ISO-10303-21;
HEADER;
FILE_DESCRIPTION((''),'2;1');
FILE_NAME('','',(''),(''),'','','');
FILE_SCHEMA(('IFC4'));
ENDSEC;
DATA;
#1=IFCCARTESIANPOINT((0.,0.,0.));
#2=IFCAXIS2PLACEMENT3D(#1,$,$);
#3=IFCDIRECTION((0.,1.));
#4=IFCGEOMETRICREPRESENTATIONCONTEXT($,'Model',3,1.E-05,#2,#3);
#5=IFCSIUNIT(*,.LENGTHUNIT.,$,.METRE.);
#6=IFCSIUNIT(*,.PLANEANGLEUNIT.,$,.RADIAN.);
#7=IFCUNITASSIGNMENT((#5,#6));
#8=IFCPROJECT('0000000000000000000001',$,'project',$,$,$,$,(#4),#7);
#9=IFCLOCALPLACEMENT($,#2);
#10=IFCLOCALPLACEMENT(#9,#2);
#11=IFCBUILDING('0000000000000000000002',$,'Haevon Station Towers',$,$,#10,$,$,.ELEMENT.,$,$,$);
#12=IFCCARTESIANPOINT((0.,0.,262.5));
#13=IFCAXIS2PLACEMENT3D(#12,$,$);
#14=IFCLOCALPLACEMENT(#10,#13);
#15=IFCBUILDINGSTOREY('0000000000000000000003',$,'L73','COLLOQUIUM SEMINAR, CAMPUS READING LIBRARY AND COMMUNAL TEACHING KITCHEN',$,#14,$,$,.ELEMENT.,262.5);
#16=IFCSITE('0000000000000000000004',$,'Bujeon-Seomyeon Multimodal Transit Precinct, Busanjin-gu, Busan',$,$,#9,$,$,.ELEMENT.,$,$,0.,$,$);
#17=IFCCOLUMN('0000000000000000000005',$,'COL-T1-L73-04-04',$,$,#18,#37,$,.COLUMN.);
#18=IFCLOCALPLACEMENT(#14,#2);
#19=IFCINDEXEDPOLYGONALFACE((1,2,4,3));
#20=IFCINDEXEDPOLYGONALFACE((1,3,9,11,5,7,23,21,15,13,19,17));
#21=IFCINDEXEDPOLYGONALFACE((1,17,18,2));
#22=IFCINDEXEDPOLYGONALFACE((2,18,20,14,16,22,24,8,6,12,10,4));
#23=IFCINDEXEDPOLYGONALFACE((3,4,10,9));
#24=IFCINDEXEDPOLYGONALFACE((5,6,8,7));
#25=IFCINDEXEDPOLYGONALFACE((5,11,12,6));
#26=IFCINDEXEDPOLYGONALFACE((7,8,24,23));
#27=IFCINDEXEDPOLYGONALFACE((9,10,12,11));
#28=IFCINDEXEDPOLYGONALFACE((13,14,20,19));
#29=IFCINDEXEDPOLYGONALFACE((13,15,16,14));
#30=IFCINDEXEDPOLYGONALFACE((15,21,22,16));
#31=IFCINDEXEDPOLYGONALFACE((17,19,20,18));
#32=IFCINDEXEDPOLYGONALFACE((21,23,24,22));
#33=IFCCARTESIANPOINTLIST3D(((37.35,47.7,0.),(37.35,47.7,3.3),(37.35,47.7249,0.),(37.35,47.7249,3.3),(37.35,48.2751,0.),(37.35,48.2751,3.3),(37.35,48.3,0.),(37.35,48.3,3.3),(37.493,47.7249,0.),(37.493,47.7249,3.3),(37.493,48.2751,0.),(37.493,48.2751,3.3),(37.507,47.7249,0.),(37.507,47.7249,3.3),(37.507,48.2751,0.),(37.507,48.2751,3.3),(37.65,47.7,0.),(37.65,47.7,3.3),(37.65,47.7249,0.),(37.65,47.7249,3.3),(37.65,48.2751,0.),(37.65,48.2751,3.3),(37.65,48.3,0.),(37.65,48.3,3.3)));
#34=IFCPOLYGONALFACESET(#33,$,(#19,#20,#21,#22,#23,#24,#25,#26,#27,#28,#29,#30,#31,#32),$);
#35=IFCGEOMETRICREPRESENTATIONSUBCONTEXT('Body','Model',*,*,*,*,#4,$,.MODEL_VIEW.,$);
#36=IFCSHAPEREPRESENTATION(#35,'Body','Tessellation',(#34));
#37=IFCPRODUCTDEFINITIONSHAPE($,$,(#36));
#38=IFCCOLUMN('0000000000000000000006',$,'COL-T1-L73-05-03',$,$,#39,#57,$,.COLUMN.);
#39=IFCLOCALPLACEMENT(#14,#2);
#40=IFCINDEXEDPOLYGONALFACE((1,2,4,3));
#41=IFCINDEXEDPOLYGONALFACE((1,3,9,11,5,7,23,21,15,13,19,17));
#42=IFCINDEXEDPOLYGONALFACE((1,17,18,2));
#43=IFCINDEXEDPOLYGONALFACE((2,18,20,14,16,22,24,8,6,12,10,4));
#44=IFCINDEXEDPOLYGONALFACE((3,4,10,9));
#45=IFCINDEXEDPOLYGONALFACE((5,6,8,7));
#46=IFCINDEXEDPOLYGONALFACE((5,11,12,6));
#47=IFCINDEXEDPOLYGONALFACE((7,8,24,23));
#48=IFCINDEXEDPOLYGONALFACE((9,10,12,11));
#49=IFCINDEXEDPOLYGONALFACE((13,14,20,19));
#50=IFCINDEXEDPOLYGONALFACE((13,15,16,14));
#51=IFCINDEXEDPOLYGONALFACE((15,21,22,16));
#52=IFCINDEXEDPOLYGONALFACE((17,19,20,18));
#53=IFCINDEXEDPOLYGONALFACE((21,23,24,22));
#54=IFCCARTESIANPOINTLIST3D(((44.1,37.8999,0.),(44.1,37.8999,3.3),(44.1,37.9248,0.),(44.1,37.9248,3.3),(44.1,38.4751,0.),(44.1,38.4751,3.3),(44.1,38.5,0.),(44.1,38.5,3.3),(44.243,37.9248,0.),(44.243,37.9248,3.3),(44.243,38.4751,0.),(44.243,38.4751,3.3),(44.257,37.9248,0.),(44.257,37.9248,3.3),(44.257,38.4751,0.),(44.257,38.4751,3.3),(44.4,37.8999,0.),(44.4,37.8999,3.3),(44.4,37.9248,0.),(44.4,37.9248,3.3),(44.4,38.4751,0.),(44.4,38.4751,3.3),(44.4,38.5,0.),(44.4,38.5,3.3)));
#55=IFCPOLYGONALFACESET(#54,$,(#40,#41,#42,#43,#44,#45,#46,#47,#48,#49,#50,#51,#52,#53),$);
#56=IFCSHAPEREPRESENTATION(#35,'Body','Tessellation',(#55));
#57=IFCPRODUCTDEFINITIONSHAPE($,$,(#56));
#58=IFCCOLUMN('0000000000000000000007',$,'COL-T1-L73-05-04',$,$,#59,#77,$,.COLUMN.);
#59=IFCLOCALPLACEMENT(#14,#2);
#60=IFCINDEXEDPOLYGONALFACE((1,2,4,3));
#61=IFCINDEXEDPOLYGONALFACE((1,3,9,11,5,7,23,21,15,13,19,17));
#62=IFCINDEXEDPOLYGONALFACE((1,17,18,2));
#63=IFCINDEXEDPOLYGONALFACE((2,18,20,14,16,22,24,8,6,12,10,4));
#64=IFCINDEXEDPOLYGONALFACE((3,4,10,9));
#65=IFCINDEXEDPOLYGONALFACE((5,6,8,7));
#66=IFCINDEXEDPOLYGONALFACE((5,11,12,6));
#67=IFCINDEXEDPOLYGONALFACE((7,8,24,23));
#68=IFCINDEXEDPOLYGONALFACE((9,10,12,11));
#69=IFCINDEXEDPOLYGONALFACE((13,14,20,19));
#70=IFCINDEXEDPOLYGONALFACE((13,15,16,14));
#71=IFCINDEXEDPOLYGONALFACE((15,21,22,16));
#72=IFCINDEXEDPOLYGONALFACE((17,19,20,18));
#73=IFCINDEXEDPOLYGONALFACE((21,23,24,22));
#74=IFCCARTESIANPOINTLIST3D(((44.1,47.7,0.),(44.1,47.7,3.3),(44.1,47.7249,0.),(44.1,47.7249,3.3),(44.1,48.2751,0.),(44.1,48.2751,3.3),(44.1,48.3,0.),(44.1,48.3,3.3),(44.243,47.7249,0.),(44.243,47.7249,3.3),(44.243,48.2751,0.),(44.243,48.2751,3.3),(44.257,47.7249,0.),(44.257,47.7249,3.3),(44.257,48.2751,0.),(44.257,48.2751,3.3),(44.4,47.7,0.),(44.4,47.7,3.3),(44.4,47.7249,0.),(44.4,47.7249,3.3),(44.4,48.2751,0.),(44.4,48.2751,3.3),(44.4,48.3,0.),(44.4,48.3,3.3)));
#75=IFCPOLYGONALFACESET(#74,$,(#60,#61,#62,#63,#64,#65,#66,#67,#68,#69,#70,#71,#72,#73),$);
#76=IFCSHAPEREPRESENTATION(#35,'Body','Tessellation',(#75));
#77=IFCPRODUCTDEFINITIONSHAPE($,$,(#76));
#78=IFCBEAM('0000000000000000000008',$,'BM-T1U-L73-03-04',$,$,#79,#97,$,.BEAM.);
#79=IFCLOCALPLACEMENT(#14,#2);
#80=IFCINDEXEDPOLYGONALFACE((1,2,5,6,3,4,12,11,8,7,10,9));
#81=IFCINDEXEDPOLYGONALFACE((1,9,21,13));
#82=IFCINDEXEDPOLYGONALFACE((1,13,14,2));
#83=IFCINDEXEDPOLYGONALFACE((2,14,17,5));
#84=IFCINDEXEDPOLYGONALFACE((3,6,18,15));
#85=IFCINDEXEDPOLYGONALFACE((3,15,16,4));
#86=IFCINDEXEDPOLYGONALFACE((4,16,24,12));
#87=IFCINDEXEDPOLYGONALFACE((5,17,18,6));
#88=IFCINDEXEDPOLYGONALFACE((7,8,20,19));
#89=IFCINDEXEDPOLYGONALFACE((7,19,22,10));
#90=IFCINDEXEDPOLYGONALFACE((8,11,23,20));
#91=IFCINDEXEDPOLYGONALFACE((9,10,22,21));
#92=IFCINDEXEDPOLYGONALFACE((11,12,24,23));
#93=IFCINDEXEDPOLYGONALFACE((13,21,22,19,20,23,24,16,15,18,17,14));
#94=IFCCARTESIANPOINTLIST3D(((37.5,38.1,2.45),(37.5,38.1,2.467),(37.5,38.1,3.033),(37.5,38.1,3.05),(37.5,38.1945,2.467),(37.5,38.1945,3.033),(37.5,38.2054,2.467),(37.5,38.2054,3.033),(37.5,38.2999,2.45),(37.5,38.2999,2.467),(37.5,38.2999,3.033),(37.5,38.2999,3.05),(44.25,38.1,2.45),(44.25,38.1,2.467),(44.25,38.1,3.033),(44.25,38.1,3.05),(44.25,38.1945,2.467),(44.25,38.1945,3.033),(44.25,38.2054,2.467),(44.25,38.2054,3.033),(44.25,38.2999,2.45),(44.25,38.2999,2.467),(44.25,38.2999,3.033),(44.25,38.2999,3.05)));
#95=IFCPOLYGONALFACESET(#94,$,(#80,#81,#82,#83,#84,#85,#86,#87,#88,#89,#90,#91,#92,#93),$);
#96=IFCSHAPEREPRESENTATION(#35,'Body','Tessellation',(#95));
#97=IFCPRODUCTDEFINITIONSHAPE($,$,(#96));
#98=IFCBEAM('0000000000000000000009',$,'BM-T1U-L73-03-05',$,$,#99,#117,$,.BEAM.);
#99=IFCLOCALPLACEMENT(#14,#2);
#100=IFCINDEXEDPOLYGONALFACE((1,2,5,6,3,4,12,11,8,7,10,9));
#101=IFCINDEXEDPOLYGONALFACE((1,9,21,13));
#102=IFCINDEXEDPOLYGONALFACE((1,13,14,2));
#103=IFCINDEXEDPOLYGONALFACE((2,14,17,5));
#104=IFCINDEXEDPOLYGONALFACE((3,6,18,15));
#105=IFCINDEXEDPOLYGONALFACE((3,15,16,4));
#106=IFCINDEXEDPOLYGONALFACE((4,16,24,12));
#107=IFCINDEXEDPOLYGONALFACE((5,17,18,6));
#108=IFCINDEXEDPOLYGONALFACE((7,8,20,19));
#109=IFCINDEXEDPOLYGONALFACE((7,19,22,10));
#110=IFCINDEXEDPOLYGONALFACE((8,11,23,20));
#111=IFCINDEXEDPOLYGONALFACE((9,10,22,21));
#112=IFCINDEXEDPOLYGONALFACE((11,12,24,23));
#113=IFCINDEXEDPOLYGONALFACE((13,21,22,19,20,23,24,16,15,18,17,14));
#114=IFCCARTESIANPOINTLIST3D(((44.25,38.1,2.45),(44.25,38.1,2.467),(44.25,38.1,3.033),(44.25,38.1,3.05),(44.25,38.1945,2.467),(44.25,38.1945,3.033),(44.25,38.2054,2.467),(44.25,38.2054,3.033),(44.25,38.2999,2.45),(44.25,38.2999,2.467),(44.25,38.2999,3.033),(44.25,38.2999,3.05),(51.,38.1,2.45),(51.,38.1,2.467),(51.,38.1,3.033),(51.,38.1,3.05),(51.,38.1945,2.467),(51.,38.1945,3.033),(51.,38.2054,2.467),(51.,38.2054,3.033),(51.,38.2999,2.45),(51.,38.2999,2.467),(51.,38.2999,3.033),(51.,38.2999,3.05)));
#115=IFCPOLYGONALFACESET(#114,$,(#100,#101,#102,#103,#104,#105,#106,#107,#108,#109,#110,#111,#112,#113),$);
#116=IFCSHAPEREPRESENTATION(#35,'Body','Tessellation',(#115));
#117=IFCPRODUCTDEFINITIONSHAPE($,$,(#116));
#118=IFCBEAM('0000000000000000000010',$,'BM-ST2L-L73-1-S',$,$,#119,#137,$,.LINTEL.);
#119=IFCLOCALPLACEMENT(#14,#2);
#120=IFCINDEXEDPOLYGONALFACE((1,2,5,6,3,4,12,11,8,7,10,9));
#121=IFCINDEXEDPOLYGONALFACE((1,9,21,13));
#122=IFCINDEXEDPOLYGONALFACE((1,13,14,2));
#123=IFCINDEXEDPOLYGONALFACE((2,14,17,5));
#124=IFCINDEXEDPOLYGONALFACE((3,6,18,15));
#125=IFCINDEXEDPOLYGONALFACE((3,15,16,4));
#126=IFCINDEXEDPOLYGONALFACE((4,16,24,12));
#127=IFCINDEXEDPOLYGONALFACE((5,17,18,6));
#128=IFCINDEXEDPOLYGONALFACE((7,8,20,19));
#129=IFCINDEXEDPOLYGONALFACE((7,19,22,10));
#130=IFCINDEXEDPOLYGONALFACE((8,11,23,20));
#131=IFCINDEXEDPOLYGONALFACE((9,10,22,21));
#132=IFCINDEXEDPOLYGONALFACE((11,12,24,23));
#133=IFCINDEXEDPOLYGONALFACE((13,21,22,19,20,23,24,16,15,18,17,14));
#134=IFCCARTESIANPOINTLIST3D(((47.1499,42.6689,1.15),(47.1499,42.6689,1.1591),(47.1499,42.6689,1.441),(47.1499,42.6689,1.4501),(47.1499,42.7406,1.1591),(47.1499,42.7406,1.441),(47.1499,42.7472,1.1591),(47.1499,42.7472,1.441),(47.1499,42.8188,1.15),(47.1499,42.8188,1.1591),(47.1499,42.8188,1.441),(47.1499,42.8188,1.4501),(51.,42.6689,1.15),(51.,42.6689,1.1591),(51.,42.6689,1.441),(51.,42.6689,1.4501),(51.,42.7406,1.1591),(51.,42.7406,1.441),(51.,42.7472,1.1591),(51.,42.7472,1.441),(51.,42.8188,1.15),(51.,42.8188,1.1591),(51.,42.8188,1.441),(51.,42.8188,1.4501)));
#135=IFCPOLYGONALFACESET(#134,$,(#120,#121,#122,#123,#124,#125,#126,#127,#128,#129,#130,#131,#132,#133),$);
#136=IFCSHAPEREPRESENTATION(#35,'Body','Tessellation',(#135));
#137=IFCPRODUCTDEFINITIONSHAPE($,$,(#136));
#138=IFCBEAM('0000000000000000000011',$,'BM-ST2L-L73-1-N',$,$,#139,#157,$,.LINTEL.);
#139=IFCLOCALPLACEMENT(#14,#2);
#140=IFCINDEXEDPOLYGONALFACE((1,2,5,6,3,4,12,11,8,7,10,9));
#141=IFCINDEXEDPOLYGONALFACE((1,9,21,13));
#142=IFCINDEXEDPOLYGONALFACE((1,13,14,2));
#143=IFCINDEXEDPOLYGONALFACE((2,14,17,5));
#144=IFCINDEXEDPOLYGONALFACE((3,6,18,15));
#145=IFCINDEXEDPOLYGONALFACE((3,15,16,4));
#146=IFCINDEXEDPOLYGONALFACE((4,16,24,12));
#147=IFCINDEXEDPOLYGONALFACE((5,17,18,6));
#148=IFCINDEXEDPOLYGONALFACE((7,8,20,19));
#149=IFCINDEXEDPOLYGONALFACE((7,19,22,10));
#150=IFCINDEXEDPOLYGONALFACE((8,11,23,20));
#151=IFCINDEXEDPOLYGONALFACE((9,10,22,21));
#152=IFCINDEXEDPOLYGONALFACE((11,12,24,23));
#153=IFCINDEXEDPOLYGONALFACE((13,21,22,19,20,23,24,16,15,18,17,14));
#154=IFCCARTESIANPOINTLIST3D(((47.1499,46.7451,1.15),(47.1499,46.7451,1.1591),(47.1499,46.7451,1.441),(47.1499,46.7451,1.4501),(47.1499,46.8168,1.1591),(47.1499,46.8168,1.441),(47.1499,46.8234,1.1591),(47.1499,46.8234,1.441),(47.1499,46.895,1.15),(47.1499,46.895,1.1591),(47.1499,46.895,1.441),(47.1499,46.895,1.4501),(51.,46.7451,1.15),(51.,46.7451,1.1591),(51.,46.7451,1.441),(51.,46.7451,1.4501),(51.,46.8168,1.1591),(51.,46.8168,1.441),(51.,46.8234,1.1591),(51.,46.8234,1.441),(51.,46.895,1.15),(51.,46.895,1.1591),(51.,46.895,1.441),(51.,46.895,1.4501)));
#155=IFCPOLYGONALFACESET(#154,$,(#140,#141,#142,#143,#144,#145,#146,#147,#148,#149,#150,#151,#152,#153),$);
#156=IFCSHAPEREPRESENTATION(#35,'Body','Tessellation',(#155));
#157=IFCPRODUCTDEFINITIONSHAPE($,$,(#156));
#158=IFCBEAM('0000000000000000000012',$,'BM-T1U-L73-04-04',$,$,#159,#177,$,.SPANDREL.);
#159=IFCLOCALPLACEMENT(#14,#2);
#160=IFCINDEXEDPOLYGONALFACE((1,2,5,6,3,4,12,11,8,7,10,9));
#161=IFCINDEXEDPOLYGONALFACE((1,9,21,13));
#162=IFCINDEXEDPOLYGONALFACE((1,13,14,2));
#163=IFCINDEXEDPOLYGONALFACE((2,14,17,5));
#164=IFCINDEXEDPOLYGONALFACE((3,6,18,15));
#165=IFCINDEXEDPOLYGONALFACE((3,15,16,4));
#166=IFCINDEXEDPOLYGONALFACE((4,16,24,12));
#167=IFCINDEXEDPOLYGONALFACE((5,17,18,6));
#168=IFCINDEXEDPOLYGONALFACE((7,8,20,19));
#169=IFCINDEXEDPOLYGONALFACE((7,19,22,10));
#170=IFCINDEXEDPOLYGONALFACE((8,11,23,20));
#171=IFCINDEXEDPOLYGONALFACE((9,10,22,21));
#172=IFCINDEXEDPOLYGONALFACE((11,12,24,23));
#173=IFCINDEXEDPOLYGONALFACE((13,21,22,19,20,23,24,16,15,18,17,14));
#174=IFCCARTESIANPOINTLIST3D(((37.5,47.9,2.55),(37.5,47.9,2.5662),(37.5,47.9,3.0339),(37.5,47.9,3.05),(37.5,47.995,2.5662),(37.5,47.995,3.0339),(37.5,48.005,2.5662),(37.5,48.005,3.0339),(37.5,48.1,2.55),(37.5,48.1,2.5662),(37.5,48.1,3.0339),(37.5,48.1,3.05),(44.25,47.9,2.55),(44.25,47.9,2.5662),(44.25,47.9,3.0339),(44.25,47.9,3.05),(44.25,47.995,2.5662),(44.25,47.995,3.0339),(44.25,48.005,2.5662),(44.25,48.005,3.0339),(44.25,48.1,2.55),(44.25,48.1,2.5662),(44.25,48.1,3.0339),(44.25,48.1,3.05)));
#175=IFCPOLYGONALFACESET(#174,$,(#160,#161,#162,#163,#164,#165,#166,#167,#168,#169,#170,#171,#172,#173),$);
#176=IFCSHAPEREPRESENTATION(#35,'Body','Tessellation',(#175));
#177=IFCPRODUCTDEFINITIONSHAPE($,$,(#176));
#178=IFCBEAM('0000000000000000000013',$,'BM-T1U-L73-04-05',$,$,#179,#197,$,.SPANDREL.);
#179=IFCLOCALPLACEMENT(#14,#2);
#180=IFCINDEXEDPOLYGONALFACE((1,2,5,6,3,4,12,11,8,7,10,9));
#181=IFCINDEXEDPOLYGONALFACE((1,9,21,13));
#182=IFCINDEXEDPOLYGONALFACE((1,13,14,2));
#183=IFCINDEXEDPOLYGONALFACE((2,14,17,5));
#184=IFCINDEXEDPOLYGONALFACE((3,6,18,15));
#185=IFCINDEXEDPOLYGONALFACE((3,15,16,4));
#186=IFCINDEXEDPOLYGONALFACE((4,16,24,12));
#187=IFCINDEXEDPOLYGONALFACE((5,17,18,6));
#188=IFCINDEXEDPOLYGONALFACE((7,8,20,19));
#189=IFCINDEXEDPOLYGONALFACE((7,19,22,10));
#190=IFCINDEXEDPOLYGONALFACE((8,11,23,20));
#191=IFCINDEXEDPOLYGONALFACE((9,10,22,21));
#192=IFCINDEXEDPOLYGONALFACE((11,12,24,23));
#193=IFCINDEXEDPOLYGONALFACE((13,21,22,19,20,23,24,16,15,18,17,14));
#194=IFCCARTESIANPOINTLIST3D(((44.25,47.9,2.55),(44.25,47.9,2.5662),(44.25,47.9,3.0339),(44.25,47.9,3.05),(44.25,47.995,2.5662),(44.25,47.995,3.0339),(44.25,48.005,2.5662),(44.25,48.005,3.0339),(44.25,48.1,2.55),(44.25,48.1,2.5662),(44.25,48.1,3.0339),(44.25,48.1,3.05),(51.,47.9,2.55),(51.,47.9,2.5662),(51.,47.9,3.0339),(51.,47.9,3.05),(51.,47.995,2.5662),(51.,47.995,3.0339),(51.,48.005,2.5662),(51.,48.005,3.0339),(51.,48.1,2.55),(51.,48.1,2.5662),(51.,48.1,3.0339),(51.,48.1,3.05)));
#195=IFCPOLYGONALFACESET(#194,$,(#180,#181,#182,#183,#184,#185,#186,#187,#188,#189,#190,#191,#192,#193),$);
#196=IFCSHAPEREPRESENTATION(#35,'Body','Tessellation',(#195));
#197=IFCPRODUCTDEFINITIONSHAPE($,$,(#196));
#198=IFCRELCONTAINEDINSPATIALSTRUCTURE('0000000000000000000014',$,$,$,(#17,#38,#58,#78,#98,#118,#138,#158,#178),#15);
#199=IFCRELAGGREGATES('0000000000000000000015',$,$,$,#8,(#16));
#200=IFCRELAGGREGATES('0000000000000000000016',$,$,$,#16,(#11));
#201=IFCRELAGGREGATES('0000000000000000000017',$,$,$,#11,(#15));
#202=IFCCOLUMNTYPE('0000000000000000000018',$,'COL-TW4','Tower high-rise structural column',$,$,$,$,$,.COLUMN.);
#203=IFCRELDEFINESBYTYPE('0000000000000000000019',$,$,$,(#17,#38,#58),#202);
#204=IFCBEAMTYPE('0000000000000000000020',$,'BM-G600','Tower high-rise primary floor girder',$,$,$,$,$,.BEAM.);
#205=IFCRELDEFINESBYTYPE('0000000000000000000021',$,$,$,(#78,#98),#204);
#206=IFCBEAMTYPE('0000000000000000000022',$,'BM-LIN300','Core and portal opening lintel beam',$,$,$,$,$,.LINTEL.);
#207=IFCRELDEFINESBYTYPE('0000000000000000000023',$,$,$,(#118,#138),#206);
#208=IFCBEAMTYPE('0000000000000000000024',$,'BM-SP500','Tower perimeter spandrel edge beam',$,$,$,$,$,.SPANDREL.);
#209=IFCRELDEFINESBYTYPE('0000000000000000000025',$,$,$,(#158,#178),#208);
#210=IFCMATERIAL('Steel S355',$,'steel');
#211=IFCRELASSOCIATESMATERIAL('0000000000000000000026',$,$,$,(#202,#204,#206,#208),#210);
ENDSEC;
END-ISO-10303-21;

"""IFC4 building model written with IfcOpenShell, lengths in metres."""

from ifc_helpers import new_model, si_unit, direction, frame, origin, origin_2d, place, context, subcontext, project, spatial, i_section, extrude, material, material_profile, profile_set, type_object, element, save


model = new_model("IFC4")

# Units and contexts
model_context = context("Model", 3, precision=1e-05, world=origin(), true_north=direction((0.0, 1.0)))
body_context = subcontext(model_context, "Body", "Model", "MODEL_VIEW")
ifc_project = project(units=[si_unit("LENGTHUNIT", "METRE"), si_unit("PLANEANGLEUNIT", "RADIAN")], contexts=[model_context])

# Site, building, storey
site_placement = place(None, origin())
site = spatial("IfcSite", under=ifc_project, at=site_placement, Name="Bujeon-Seomyeon Multimodal Transit Precinct, Busanjin-gu, Busan", CompositionType="ELEMENT", RefElevation=0.0)
building_placement = place(site_placement, origin())
building = spatial("IfcBuilding", under=site, at=building_placement, Name="Haevon Station Towers", CompositionType="ELEMENT")
storey_placement = place(building_placement, frame((0.0, 0.0, 262.5)))
storey = spatial("IfcBuildingStorey", under=building, at=storey_placement, Name="L73", Description="COLLOQUIUM SEMINAR, CAMPUS READING LIBRARY AND COMMUNAL TEACHING KITCHEN", CompositionType="ELEMENT", Elevation=262.5)

# Columns
ifc_material_1 = material(Name="Steel S355", Category="steel")
ifc_material_profile_1 = material_profile(ifc_material_1, i_section(OverallWidth=0.3, OverallDepth=0.6001, WebThickness=0.0139, FlangeThickness=0.0249, at=origin_2d()), Name="H-600x300x14x25")
ifc_profile_set_1 = profile_set([ifc_material_profile_1], Name="Steel S355")
column_type = type_object("IfcColumnType", Name="COL-TW4", Description="Tower high-rise structural column", PredefinedType="COLUMN", material=ifc_profile_set_1)
for number, where, z_axis, x_axis, name in (
    (1, (37.5, 48.0, 0.0), (0.0, 0.0, 1.0), (1.0, 0.0, 0.0), "COL-T1-L73-04-04"),
    (2, (44.25, 38.2, 0.0), (0.0, 0.0, 1.0), (1.0, 0.0, 0.0), "COL-T1-L73-05-03"),
    (3, (44.25, 48.0, 0.0), (0.0, 0.0, 1.0), (1.0, 0.0, 0.0), "COL-T1-L73-05-04"),
):
    element("IfcColumn", number, at=place(storey_placement, frame(where, z_axis=z_axis, x_axis=x_axis)), inside=storey, type_object=column_type, Name=name, PredefinedType="COLUMN", context=body_context, shape_type="SweptSolid", body=[
        extrude(i_section(OverallWidth=0.3, OverallDepth=0.6001, WebThickness=0.0139, FlangeThickness=0.0249, at=origin_2d()), origin(), (0.0, 0.0, 1.0), 3.3),
    ])

# Beams
ifc_material_profile_2 = material_profile(ifc_material_1, i_section(OverallWidth=0.2, OverallDepth=0.6001, WebThickness=0.011, FlangeThickness=0.0171, at=origin_2d()), Name="H-600x200x11x17")
ifc_profile_set_2 = profile_set([ifc_material_profile_2], Name="Steel S355")
beam_type_1 = type_object("IfcBeamType", Name="BM-G600", Description="Tower high-rise primary floor girder", PredefinedType="BEAM", material=ifc_profile_set_2)
for number, where, z_axis, x_axis, name in (
    (4, (37.5, 38.2, 2.75), (1.0, 0.0, 0.0), (0.0, 1.0, 0.0), "BM-T1U-L73-03-04"),
    (5, (44.25, 38.2, 2.75), (1.0, 0.0, 0.0), (0.0, 1.0, 0.0), "BM-T1U-L73-03-05"),
):
    element("IfcBeam", number, at=place(storey_placement, frame(where, z_axis=z_axis, x_axis=x_axis)), inside=storey, type_object=beam_type_1, Name=name, PredefinedType="BEAM", context=body_context, shape_type="SweptSolid", body=[
        extrude(i_section(OverallWidth=0.2, OverallDepth=0.6001, WebThickness=0.011, FlangeThickness=0.0171, at=origin_2d()), origin(), (0.0, 0.0, 1.0), 6.75),
    ])
ifc_material_profile_3 = material_profile(ifc_material_1, i_section(OverallWidth=0.1499, OverallDepth=0.3, WebThickness=0.0066, FlangeThickness=0.009, at=origin_2d()), Name="H-300x150x6.5x9")
ifc_profile_set_3 = profile_set([ifc_material_profile_3], Name="Steel S355")
beam_type_2 = type_object("IfcBeamType", Name="BM-LIN300", Description="Core and portal opening lintel beam", PredefinedType="LINTEL", material=ifc_profile_set_3)
for number, where, z_axis, x_axis, name in (
    (6, (47.1499, 42.7439, 1.3), (1.0, 0.0, 0.0), (0.0, 1.0, 0.0), "BM-ST2L-L73-1-S"),
    (7, (47.1499, 46.8201, 1.3), (1.0, 0.0, 0.0), (0.0, 1.0, 0.0), "BM-ST2L-L73-1-N"),
):
    element("IfcBeam", number, at=place(storey_placement, frame(where, z_axis=z_axis, x_axis=x_axis)), inside=storey, type_object=beam_type_2, Name=name, PredefinedType="LINTEL", context=body_context, shape_type="SweptSolid", body=[
        extrude(i_section(OverallWidth=0.1499, OverallDepth=0.3, WebThickness=0.0066, FlangeThickness=0.009, at=origin_2d()), origin(), (0.0, 0.0, 1.0), 3.8501),
    ])
ifc_material_profile_4 = material_profile(ifc_material_1, i_section(OverallWidth=0.2, OverallDepth=0.5, WebThickness=0.01, FlangeThickness=0.0161, at=origin_2d()), Name="H-500x200x10x16")
ifc_profile_set_4 = profile_set([ifc_material_profile_4], Name="Steel S355")
beam_type_3 = type_object("IfcBeamType", Name="BM-SP500", Description="Tower perimeter spandrel edge beam", PredefinedType="SPANDREL", material=ifc_profile_set_4)
for number, where, z_axis, x_axis, name in (
    (8, (37.5, 48.0, 2.8), (1.0, 0.0, 0.0), (0.0, 1.0, 0.0), "BM-T1U-L73-04-04"),
    (9, (44.25, 48.0, 2.8), (1.0, 0.0, 0.0), (0.0, 1.0, 0.0), "BM-T1U-L73-04-05"),
):
    element("IfcBeam", number, at=place(storey_placement, frame(where, z_axis=z_axis, x_axis=x_axis)), inside=storey, type_object=beam_type_3, Name=name, PredefinedType="SPANDREL", context=body_context, shape_type="SweptSolid", body=[
        extrude(i_section(OverallWidth=0.2, OverallDepth=0.5, WebThickness=0.01, FlangeThickness=0.0161, at=origin_2d()), origin(), (0.0, 0.0, 1.0), 6.75),
    ])

save(model, "model.ifc")
